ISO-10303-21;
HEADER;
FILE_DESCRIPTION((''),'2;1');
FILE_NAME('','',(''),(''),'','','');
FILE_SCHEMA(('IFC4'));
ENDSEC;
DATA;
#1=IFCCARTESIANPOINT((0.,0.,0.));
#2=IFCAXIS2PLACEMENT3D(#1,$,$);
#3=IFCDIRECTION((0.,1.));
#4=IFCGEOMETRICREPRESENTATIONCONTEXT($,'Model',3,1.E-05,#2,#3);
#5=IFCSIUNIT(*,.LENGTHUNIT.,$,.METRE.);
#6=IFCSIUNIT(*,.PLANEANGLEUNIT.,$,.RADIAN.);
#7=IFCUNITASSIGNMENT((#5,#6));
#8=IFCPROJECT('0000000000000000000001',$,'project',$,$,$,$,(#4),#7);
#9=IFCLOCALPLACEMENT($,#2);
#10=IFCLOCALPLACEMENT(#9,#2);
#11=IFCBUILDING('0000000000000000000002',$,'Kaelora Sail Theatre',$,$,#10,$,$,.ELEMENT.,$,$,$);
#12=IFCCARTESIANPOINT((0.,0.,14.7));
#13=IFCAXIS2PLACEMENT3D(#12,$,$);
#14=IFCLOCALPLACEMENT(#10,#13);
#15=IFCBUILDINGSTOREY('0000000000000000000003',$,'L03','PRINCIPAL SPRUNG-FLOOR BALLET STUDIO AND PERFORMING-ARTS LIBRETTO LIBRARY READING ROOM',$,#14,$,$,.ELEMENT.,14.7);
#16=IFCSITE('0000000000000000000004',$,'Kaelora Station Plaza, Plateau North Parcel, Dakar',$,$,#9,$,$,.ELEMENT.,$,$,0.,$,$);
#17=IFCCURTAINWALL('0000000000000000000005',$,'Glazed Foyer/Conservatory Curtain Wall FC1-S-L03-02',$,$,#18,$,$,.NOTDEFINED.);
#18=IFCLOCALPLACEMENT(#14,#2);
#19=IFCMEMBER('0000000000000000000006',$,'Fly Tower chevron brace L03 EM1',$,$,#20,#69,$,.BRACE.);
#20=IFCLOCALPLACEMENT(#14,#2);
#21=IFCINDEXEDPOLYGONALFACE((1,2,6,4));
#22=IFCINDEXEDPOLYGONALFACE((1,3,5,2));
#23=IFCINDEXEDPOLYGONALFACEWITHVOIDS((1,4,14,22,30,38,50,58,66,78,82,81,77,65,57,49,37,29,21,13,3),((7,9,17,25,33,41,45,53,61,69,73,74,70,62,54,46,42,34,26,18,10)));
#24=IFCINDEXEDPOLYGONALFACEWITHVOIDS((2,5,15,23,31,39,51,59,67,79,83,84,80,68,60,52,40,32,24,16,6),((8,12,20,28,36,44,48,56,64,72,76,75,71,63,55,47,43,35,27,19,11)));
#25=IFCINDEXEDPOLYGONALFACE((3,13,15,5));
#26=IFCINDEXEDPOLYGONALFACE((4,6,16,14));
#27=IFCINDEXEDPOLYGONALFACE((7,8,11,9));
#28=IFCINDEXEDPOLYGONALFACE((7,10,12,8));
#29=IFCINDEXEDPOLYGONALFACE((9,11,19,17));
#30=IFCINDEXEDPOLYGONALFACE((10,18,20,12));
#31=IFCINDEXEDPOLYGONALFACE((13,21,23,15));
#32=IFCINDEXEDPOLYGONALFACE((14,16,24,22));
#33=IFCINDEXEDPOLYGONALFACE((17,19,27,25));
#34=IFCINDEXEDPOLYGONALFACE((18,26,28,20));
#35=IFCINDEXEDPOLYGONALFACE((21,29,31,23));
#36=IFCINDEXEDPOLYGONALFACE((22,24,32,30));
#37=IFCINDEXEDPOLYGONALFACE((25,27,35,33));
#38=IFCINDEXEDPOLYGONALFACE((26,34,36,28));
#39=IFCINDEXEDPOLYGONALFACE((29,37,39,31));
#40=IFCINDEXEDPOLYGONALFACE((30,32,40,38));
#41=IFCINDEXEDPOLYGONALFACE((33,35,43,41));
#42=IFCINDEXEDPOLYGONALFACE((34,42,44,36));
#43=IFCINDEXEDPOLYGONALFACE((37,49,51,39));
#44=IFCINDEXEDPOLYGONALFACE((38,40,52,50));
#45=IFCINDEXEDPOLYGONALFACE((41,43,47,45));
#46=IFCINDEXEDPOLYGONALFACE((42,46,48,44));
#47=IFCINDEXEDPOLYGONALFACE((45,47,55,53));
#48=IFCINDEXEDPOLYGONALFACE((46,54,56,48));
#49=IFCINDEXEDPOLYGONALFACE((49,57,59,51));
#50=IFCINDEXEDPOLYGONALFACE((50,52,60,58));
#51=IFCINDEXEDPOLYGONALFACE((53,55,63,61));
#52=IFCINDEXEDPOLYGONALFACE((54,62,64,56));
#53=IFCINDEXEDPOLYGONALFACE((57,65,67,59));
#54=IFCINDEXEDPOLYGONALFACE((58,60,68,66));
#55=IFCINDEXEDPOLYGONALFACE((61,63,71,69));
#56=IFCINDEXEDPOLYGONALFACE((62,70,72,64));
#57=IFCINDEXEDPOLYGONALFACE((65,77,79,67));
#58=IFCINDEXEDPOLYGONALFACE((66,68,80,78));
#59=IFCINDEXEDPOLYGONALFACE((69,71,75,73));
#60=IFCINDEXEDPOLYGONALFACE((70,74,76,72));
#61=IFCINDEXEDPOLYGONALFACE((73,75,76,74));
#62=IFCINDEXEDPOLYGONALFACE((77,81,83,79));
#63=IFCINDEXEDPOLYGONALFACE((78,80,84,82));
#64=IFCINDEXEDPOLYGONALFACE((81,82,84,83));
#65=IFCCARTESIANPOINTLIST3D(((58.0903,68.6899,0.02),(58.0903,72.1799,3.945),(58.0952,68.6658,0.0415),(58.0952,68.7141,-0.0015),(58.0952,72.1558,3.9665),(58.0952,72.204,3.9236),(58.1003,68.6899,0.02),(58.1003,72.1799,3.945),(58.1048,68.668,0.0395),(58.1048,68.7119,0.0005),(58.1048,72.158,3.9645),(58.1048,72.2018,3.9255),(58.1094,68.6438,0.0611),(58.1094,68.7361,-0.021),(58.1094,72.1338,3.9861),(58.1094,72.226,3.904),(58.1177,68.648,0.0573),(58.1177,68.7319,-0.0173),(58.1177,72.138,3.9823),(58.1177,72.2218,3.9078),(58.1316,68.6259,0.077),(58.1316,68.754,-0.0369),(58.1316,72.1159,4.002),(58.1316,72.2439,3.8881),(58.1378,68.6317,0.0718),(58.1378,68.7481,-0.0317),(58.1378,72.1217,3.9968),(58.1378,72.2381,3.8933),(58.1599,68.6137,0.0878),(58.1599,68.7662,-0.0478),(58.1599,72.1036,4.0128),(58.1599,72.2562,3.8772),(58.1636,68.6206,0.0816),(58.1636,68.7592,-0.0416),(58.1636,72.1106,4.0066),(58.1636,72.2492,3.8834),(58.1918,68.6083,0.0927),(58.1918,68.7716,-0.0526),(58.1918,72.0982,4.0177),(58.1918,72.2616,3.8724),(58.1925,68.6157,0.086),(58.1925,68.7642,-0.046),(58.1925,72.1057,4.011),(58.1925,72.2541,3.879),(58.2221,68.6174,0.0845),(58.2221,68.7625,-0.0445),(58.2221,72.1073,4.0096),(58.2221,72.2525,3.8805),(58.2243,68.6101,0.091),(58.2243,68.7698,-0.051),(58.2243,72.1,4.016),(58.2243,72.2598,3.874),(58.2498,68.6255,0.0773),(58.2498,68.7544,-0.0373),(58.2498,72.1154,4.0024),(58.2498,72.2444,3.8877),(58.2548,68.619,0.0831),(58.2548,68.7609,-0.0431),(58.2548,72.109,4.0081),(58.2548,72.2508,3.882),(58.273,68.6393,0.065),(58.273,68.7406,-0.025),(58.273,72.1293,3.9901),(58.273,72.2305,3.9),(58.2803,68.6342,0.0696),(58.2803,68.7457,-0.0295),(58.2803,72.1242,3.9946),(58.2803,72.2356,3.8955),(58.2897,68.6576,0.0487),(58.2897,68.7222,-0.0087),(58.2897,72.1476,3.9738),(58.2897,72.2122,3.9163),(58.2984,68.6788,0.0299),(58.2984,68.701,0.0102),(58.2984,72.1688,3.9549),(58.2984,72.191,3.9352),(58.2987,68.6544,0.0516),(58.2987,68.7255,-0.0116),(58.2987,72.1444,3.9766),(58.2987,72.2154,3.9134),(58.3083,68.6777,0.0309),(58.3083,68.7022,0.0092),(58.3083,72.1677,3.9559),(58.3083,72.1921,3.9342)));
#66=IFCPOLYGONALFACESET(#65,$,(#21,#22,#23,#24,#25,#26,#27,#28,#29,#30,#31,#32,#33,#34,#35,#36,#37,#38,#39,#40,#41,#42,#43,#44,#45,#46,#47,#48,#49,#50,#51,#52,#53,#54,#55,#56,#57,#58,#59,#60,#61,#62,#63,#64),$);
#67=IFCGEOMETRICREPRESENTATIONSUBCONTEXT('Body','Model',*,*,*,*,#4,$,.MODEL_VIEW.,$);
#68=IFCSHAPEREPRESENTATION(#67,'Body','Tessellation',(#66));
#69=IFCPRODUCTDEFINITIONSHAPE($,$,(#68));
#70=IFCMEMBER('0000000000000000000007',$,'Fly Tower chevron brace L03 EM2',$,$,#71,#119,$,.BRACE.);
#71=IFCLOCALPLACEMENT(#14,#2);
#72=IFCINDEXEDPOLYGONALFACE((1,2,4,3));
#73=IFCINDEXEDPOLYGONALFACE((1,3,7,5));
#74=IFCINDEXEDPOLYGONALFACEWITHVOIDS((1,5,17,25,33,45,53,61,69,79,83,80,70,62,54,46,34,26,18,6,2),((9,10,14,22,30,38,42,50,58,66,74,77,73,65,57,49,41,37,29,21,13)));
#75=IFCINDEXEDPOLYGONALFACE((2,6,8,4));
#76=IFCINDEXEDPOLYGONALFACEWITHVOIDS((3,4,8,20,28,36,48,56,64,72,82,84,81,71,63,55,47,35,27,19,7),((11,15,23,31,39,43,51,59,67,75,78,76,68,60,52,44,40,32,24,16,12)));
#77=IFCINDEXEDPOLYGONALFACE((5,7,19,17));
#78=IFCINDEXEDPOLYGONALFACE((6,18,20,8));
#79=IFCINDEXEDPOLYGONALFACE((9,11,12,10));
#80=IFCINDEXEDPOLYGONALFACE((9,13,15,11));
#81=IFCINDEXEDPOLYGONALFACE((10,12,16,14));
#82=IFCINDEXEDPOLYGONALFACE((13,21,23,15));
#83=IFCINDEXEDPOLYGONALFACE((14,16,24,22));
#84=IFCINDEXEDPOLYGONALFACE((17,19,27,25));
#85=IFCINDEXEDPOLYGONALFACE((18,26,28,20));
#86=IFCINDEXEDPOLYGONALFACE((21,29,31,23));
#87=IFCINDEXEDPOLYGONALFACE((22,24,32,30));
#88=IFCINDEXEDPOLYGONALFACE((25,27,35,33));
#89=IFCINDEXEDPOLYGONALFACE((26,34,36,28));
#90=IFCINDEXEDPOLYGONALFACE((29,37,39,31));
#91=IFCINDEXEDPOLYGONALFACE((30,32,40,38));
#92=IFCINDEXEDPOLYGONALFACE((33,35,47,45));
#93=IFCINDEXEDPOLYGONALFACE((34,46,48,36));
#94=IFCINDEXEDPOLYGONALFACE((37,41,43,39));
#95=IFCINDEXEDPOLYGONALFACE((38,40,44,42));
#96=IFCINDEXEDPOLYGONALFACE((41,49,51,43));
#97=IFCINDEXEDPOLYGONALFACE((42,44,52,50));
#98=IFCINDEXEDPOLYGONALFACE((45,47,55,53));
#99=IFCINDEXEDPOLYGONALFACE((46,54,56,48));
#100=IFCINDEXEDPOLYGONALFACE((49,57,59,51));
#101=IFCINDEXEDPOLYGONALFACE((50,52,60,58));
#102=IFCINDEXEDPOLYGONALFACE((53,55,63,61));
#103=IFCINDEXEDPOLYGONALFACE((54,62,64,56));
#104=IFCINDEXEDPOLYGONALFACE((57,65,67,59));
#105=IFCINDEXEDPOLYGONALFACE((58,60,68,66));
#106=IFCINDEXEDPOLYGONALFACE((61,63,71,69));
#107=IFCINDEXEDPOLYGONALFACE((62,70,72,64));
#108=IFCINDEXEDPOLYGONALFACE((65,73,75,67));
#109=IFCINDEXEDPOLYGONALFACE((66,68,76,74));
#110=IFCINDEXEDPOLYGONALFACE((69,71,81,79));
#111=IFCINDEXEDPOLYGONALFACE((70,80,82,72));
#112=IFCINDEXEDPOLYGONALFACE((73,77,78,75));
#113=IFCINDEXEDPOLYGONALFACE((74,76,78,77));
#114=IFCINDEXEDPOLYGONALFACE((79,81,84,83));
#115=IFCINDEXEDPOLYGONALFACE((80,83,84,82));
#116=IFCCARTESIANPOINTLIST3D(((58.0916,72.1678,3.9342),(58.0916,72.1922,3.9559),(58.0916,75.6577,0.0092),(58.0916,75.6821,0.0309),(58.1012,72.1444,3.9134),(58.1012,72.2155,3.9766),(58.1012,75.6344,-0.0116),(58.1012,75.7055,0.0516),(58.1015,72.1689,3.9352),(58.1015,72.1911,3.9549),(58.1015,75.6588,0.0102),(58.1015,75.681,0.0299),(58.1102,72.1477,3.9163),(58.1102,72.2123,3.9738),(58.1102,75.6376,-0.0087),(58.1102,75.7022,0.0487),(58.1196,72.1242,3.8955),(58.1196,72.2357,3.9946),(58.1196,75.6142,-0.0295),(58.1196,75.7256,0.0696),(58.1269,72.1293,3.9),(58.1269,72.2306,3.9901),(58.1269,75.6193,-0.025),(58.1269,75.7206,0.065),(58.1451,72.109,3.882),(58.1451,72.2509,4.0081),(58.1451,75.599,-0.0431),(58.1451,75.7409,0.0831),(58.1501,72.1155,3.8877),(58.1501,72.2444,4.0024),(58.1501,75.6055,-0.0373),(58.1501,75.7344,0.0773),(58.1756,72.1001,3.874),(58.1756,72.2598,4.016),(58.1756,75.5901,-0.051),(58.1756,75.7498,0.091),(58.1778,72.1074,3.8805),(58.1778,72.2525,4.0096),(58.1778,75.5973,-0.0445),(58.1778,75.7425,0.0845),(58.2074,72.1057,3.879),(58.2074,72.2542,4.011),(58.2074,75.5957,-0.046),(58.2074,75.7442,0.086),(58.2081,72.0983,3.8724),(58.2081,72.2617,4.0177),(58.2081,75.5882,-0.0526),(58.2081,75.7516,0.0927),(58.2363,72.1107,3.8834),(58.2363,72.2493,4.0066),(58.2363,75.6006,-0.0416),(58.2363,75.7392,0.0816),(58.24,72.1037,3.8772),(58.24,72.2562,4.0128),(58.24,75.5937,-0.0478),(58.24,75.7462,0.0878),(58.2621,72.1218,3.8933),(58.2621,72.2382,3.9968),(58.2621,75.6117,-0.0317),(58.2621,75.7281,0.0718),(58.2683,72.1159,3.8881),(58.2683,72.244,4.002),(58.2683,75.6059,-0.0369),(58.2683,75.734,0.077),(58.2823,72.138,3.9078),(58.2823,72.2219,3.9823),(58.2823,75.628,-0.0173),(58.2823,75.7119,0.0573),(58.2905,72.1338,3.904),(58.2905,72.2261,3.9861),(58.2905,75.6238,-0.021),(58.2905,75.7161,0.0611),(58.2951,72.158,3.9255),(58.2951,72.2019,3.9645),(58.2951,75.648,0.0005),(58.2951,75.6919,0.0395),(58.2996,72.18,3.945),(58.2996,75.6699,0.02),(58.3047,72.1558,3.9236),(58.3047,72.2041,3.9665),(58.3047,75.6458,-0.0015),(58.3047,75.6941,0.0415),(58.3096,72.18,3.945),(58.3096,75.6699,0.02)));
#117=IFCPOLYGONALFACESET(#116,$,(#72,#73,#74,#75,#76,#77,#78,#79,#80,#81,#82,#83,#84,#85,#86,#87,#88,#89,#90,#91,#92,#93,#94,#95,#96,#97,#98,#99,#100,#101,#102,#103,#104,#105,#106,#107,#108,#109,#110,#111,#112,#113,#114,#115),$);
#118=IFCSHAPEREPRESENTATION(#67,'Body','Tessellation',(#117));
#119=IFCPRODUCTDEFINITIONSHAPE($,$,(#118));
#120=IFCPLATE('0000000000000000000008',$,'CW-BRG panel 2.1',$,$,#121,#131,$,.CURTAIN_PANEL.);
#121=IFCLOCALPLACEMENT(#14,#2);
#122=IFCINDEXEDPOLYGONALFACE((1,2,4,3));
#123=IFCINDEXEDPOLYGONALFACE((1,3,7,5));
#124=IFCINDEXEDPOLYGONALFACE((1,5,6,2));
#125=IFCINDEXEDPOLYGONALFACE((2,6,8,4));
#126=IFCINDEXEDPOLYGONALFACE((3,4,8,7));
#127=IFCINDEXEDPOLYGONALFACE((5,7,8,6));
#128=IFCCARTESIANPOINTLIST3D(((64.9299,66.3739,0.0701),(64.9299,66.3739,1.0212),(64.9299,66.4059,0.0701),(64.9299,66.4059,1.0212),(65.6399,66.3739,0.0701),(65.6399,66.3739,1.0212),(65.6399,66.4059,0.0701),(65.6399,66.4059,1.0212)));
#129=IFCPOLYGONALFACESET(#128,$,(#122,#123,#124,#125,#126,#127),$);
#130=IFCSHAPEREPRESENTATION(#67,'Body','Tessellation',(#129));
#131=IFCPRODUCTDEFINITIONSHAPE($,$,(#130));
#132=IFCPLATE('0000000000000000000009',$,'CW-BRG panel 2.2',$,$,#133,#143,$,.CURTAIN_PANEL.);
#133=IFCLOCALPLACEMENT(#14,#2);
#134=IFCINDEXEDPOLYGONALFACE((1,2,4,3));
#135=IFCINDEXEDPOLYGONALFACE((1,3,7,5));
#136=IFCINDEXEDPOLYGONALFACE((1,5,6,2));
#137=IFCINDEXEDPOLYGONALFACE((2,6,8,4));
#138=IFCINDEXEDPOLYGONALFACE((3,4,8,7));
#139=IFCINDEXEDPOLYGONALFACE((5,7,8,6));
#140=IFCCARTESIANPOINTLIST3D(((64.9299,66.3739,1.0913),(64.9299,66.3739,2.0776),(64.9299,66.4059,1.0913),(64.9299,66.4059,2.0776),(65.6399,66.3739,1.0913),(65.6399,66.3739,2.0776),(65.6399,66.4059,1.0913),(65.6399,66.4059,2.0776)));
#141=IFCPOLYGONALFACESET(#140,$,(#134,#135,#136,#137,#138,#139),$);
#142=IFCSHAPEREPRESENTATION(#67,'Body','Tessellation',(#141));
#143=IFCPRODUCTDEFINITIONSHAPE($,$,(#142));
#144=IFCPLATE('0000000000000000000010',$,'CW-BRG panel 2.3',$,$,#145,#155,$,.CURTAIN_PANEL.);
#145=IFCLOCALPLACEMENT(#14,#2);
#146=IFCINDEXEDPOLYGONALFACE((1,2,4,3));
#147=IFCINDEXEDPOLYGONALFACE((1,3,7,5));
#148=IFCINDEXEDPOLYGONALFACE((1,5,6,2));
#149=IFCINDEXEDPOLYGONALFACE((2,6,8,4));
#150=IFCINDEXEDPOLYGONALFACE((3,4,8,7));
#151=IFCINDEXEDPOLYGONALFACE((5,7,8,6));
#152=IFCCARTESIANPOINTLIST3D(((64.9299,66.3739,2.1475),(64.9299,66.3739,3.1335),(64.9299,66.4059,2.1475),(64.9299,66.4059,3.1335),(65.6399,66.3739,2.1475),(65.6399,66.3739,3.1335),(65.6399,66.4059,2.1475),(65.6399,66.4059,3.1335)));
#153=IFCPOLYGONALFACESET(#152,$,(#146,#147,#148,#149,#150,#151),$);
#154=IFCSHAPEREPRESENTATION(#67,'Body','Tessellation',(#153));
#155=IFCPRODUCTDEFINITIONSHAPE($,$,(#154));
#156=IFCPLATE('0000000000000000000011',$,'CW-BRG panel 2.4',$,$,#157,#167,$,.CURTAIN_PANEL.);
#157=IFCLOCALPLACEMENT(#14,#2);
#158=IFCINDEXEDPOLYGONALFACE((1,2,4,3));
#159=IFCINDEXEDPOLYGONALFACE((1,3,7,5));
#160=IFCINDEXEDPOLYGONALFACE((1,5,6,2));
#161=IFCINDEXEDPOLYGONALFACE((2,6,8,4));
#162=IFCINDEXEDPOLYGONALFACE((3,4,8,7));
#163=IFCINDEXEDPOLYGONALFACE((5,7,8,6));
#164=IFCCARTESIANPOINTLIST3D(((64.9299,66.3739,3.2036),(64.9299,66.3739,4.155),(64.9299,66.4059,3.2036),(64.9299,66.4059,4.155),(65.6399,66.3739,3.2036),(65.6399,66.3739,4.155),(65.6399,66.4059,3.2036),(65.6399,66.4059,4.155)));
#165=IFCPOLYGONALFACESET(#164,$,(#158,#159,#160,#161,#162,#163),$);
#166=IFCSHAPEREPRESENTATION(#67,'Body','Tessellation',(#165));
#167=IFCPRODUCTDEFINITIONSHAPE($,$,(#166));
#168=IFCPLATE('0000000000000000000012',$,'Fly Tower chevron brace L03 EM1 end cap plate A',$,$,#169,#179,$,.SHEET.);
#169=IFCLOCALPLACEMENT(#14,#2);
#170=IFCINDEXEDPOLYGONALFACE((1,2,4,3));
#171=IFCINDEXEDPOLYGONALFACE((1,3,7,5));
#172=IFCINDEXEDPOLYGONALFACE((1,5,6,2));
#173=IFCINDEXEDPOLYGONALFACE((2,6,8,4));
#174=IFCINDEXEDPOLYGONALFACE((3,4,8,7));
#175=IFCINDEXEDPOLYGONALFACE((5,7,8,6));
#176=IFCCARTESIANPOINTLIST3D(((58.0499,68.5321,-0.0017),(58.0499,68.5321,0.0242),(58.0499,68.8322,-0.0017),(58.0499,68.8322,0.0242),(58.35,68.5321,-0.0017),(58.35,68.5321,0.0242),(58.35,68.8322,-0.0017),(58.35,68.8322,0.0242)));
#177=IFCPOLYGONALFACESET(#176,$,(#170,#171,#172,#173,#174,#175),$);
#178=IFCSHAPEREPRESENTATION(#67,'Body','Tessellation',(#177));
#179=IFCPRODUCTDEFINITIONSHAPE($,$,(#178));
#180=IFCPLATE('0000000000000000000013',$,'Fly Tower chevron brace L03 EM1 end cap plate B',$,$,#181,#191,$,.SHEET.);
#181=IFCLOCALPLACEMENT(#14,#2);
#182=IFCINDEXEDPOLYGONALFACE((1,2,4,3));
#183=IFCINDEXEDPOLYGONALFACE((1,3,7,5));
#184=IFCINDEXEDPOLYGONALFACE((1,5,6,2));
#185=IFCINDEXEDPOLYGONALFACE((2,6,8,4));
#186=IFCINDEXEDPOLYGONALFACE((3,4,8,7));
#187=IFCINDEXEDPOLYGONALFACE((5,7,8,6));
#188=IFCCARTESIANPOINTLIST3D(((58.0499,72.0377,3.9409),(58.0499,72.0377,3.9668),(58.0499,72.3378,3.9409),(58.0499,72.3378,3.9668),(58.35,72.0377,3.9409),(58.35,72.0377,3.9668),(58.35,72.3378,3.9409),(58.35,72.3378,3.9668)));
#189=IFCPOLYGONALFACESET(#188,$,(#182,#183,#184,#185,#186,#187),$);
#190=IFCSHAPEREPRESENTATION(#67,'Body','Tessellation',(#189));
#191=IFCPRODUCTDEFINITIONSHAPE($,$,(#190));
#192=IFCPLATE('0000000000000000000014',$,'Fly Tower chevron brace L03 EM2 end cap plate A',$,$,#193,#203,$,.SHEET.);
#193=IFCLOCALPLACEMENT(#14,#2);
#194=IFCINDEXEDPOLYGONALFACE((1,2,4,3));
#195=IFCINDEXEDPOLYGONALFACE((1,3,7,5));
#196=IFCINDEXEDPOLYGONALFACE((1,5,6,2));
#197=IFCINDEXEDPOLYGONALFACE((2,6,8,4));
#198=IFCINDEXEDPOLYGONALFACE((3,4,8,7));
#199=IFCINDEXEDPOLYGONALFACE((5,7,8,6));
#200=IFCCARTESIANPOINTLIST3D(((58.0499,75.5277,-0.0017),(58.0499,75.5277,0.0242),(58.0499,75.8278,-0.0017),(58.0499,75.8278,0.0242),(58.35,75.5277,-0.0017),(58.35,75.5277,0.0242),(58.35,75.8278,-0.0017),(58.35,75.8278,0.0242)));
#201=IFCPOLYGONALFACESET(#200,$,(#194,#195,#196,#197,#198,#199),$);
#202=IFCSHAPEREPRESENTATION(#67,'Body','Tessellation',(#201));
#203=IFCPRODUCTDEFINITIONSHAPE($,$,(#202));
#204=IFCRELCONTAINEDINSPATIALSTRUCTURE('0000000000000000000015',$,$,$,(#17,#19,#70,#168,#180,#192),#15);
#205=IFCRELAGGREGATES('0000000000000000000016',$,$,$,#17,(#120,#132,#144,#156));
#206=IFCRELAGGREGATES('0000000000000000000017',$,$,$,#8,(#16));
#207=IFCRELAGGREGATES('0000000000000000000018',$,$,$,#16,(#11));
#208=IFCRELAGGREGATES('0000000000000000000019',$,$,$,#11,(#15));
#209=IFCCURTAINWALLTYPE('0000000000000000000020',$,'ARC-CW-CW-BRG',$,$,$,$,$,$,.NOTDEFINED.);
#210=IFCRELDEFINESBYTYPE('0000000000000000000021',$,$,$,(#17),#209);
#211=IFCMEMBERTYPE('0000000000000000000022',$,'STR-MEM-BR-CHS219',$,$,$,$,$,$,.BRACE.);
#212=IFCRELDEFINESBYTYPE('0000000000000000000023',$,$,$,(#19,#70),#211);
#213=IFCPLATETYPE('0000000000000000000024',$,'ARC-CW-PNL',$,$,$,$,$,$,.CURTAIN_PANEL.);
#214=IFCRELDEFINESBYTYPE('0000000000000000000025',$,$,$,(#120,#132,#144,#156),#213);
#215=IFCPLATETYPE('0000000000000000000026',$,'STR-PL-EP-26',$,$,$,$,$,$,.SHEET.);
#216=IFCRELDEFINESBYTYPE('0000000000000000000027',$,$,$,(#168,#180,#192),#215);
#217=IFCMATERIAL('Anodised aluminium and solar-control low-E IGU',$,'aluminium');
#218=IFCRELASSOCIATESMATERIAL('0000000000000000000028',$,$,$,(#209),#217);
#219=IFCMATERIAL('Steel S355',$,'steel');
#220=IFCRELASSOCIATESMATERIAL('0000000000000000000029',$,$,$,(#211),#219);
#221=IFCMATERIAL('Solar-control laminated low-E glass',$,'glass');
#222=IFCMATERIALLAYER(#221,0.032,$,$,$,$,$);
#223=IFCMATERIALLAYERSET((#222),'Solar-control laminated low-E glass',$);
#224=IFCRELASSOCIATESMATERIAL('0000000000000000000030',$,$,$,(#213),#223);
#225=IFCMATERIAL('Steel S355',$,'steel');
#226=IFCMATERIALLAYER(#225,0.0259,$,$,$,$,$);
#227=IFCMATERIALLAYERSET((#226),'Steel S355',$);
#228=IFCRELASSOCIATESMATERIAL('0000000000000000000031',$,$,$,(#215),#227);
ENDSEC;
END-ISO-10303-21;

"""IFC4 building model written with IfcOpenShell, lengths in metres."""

from ifc_helpers import new_model, si_unit, direction, frame, origin, origin_2d, place, context, subcontext, project, spatial, rectangle, hollow_circle, extrude, material, layer, layer_set, material_profile, profile_set, type_object, element, aggregate, save


model = new_model("IFC4")

# Units and contexts
model_context = context("Model", 3, precision=1e-05, world=origin(), true_north=direction((0.0, 1.0)))
body_context = subcontext(model_context, "Body", "Model", "MODEL_VIEW")
ifc_project = project(units=[si_unit("LENGTHUNIT", "METRE"), si_unit("PLANEANGLEUNIT", "RADIAN")], contexts=[model_context])

# Site, building, storey
site_placement = place(None, origin())
site = spatial("IfcSite", under=ifc_project, at=site_placement, Name="Kaelora Station Plaza, Plateau North Parcel, Dakar", CompositionType="ELEMENT", RefElevation=0.0)
building_placement = place(site_placement, origin())
building = spatial("IfcBuilding", under=site, at=building_placement, Name="Kaelora Sail Theatre", CompositionType="ELEMENT")
storey_placement = place(building_placement, frame((0.0, 0.0, 14.7)))
storey = spatial("IfcBuildingStorey", under=building, at=storey_placement, Name="L03", Description="PRINCIPAL SPRUNG-FLOOR BALLET STUDIO AND PERFORMING-ARTS LIBRETTO LIBRARY READING ROOM", CompositionType="ELEMENT", Elevation=14.7)

# Curtain wall
ifc_material_1 = material(Name="Anodised aluminium and solar-control low-E IGU", Category="aluminium")
curtain_wall_type = type_object("IfcCurtainWallType", Name="ARC-CW-CW-BRG", PredefinedType="NOTDEFINED", material=ifc_material_1)
curtain_wall_placement = place(storey_placement, origin())
curtain_wall = element("IfcCurtainWall", 1, at=curtain_wall_placement, inside=storey, type_object=curtain_wall_type, Name="Glazed Foyer/Conservatory Curtain Wall FC1-S-L03-02", PredefinedType="NOTDEFINED")

# Members
ifc_material_2 = material(Name="Steel S355", Category="steel")
ifc_material_profile_1 = material_profile(ifc_material_2, hollow_circle(Radius=0.1096, WallThickness=0.01, at=origin_2d()), Name="CHS 219.1x10.0")
ifc_profile_set_1 = profile_set([ifc_material_profile_1], Name="Steel S355")
member_type_1 = type_object("IfcMemberType", Name="STR-MEM-BR-CHS219", PredefinedType="BRACE", material=ifc_profile_set_1)
for number, where, z_axis, x_axis, name in (
    (2, (58.2, 68.6899, 0.02), (0.0, 0.664476, 0.747309), (-1.0, 0.0, 0.0), "Fly Tower chevron brace L03 EM1"),
    (3, (58.2, 75.6699, 0.02), (0.0, -0.664476, 0.747309), (1.0, 0.0, 0.0), "Fly Tower chevron brace L03 EM2"),
):
    element("IfcMember", number, at=place(storey_placement, frame(where, z_axis=z_axis, x_axis=x_axis)), inside=storey, type_object=member_type_1, Name=name, PredefinedType="BRACE", context=body_context, shape_type="SweptSolid", body=[
        extrude(hollow_circle(Radius=0.1096, WallThickness=0.01, at=origin_2d()), origin(), (0.0, 0.0, 1.0), 5.2522),
    ])

# Plates
ifc_material_3 = material(Name="Solar-control laminated low-E glass", Category="glass")
ifc_layer_1 = layer(ifc_material_3, 0.032)
ifc_layer_set_1 = layer_set([ifc_layer_1], Name="Solar-control laminated low-E glass")
plate_type_1 = type_object("IfcPlateType", Name="ARC-CW-PNL", PredefinedType="CURTAIN_PANEL", material=ifc_layer_set_1)
plate_1_placement = place(storey_placement, frame((65.2849, 66.3899, 0.0701), z_axis=(0.0, 0.0, 1.0), x_axis=(1.0, 0.0, 0.0)))
plate_1 = element("IfcPlate", 4, at=plate_1_placement, type_object=plate_type_1, Name="CW-BRG panel 2.1", PredefinedType="CURTAIN_PANEL", context=body_context, shape_type="SweptSolid", body=[
    extrude(rectangle(XDim=0.71, YDim=0.032, at=origin_2d()), origin(), (0.0, 0.0, 1.0), 0.9512),
])
plate_2_placement = place(storey_placement, frame((65.2849, 66.3899, 1.0913), z_axis=(0.0, 0.0, 1.0), x_axis=(1.0, 0.0, 0.0)))
plate_2 = element("IfcPlate", 5, at=plate_2_placement, type_object=plate_type_1, Name="CW-BRG panel 2.2", PredefinedType="CURTAIN_PANEL", context=body_context, shape_type="SweptSolid", body=[
    extrude(rectangle(XDim=0.71, YDim=0.032, at=origin_2d()), origin(), (0.0, 0.0, 1.0), 0.9863),
])
plate_3_placement = place(storey_placement, frame((65.2849, 66.3899, 2.1475), z_axis=(0.0, 0.0, 1.0), x_axis=(1.0, 0.0, 0.0)))
plate_3 = element("IfcPlate", 6, at=plate_3_placement, type_object=plate_type_1, Name="CW-BRG panel 2.3", PredefinedType="CURTAIN_PANEL", context=body_context, shape_type="SweptSolid", body=[
    extrude(rectangle(XDim=0.71, YDim=0.032, at=origin_2d()), origin(), (0.0, 0.0, 1.0), 0.9861),
])
plate_4_placement = place(storey_placement, frame((65.2849, 66.3899, 3.2036), z_axis=(0.0, 0.0, 1.0), x_axis=(1.0, 0.0, 0.0)))
plate_4 = element("IfcPlate", 7, at=plate_4_placement, type_object=plate_type_1, Name="CW-BRG panel 2.4", PredefinedType="CURTAIN_PANEL", context=body_context, shape_type="SweptSolid", body=[
    extrude(rectangle(XDim=0.71, YDim=0.032, at=origin_2d()), origin(), (0.0, 0.0, 1.0), 0.9514),
])
aggregate(curtain_wall, [plate_1, plate_2, plate_3, plate_4])

# Plates
ifc_material_4 = material(Name="Steel S355", Category="steel")
ifc_layer_2 = layer(ifc_material_4, 0.0259)
ifc_layer_set_2 = layer_set([ifc_layer_2], Name="Steel S355")
plate_type_2 = type_object("IfcPlateType", Name="STR-PL-EP-26", PredefinedType="SHEET", material=ifc_layer_set_2)
for number, where, z_axis, x_axis, name in (
    (8, (58.2, 68.6821, -0.0017), (0.0, 0.0, 1.0), (1.0, 0.0, 0.0), "Fly Tower chevron brace L03 EM1 end cap plate A"),
    (9, (58.2, 72.1877, 3.9409), (0.0, 0.0, 1.0), (1.0, 0.0, 0.0), "Fly Tower chevron brace L03 EM1 end cap plate B"),
    (10, (58.2, 75.6777, -0.0017), (0.0, 0.0, 1.0), (1.0, 0.0, 0.0), "Fly Tower chevron brace L03 EM2 end cap plate A"),
):
    element("IfcPlate", number, at=place(storey_placement, frame(where, z_axis=z_axis, x_axis=x_axis)), inside=storey, type_object=plate_type_2, Name=name, PredefinedType="SHEET", context=body_context, shape_type="SweptSolid", body=[
        extrude(rectangle(XDim=0.3, YDim=0.3, at=origin_2d()), origin(), (0.0, 0.0, 1.0), 0.0259),
    ])

save(model, "model.ifc")
